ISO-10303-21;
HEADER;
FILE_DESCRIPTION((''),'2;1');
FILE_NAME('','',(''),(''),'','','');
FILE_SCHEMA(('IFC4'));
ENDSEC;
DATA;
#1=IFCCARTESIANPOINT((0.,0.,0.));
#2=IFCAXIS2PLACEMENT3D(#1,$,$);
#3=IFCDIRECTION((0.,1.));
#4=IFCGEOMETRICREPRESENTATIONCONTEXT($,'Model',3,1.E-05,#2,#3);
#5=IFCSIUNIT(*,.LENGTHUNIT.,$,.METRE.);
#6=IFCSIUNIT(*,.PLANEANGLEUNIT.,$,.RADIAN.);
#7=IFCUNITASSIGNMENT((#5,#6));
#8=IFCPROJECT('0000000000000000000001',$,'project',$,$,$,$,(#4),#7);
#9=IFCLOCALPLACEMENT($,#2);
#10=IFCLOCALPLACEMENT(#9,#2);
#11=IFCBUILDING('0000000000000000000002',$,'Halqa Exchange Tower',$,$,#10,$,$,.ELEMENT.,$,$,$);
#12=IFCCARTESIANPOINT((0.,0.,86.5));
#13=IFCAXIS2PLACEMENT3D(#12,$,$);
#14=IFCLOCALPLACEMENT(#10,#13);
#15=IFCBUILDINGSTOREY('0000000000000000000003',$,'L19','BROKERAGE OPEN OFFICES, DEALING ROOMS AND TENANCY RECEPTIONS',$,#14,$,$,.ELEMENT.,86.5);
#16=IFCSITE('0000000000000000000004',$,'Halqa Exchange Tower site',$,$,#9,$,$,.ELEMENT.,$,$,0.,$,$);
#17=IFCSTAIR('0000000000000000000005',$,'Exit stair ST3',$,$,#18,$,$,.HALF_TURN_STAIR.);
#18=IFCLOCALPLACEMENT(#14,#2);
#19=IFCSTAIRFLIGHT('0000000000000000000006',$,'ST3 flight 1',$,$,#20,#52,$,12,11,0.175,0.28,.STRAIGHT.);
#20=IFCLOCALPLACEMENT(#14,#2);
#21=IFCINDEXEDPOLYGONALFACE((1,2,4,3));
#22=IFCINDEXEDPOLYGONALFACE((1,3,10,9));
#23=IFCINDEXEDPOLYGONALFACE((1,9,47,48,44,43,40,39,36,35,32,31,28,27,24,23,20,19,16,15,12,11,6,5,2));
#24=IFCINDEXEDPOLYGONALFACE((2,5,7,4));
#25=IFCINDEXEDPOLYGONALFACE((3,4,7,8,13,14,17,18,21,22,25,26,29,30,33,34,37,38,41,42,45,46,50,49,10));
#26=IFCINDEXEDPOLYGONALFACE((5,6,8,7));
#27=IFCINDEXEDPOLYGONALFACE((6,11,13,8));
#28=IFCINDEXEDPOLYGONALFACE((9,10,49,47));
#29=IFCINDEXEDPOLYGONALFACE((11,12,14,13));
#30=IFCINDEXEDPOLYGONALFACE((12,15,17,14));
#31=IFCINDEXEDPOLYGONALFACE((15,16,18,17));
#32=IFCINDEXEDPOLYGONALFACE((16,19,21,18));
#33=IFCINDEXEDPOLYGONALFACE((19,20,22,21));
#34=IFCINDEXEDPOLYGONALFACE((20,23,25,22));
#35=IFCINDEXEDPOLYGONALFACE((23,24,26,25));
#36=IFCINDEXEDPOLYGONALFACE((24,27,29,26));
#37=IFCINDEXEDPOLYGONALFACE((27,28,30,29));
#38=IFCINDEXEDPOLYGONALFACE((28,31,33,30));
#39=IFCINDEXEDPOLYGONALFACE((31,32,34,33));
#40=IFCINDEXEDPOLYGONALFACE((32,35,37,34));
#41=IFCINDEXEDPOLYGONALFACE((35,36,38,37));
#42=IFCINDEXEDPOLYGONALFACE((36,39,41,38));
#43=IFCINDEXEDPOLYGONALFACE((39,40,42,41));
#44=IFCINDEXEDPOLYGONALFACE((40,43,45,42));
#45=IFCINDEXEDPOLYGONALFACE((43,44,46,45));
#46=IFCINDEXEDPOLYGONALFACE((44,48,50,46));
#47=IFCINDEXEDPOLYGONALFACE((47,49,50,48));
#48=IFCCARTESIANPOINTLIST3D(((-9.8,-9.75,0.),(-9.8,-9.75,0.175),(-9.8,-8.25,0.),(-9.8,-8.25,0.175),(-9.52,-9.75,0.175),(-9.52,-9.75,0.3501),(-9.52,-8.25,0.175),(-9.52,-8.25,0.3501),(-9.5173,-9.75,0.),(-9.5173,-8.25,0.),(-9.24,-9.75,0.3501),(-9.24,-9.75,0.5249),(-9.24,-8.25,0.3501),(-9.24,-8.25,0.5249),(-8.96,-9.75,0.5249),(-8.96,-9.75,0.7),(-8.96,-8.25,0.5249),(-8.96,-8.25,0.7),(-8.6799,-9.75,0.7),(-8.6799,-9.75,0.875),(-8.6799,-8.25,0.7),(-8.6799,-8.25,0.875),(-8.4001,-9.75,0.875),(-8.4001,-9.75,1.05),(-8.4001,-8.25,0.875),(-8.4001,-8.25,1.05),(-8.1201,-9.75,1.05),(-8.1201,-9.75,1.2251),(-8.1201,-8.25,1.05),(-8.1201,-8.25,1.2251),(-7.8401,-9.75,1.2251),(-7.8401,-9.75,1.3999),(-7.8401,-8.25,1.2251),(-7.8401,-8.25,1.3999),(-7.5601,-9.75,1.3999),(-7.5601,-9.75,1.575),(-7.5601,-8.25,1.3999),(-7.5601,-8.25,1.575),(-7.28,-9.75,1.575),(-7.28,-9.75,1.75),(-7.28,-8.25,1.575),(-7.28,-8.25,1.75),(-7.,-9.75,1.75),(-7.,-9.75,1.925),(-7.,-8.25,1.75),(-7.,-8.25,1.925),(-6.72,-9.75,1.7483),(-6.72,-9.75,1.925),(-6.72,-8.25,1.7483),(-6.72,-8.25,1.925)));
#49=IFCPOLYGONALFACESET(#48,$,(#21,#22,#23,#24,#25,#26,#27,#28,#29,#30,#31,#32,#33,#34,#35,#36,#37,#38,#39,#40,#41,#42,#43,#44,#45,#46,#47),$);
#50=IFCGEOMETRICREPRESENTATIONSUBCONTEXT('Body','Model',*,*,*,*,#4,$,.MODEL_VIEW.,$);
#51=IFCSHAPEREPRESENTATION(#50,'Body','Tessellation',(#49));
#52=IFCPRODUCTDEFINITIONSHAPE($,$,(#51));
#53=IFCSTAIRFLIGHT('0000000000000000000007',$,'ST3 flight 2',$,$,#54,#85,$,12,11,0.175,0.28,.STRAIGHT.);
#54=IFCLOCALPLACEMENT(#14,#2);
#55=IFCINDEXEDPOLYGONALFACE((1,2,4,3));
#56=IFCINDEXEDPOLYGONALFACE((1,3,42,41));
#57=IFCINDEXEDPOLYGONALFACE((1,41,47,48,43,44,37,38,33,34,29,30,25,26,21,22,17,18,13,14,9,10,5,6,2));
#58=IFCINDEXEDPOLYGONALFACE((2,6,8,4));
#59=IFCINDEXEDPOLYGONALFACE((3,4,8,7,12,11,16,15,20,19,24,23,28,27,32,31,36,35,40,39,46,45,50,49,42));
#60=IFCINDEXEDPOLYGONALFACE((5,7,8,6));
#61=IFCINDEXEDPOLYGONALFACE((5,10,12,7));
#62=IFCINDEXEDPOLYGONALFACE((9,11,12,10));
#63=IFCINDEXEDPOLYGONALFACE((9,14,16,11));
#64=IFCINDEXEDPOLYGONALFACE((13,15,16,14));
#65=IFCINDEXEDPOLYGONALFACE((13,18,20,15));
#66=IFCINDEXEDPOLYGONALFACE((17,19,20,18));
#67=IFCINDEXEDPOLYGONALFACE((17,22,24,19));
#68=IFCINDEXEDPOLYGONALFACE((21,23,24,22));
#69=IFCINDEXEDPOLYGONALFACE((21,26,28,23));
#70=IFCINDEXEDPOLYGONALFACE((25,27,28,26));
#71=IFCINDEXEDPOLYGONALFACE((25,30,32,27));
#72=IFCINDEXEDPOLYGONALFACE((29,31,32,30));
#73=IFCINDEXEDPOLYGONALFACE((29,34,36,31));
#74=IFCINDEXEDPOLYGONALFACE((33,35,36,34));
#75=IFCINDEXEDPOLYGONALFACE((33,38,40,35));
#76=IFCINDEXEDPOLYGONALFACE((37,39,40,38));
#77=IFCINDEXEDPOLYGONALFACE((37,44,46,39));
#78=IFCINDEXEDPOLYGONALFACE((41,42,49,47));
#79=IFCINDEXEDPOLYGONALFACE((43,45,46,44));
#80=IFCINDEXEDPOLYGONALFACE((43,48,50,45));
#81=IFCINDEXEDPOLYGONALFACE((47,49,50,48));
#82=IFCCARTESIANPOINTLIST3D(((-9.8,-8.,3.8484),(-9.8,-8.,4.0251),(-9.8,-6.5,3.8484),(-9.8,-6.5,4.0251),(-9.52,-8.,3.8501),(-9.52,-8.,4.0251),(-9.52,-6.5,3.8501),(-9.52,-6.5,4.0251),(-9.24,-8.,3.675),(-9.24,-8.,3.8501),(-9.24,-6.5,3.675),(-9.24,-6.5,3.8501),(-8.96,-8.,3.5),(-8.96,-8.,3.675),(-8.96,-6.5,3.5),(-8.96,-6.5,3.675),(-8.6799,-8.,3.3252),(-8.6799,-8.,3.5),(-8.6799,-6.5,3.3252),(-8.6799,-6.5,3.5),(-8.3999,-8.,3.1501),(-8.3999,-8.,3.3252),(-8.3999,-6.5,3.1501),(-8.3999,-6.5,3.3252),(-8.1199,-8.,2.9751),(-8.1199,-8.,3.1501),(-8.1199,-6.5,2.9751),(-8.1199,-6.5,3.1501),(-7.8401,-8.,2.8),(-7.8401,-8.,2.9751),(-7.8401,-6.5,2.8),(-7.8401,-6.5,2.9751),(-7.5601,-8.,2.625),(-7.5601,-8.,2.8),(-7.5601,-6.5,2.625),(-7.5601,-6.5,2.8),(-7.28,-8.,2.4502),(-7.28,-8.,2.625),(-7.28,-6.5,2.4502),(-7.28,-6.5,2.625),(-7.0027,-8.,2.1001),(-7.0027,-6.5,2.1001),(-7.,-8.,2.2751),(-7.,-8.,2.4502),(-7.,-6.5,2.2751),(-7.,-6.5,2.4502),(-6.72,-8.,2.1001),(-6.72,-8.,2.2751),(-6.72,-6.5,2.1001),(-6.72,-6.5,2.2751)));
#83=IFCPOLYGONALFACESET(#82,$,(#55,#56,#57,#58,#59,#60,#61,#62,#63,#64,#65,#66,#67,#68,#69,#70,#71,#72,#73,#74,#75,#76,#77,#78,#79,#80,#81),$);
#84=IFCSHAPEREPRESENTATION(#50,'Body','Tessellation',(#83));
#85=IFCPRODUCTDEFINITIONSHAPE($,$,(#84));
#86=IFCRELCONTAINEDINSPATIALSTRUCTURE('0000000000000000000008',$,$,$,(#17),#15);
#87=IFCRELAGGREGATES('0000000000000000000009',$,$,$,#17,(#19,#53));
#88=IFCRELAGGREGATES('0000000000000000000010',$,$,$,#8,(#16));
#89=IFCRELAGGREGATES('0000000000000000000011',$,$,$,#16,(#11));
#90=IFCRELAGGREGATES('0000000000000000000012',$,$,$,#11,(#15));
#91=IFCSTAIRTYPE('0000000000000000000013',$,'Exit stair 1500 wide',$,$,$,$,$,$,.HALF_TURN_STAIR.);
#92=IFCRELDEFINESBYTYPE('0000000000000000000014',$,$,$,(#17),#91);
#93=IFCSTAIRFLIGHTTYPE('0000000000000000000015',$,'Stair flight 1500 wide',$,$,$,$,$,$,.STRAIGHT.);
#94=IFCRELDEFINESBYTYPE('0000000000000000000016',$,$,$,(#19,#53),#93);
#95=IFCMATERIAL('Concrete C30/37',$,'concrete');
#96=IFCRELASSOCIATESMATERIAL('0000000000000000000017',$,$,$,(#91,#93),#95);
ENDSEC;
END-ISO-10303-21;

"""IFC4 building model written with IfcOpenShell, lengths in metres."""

from ifc_helpers import new_model, si_unit, direction, frame, origin, place, context, subcontext, project, spatial, polyline, outline, extrude, material, type_object, element, aggregate, save


model = new_model("IFC4")

# Units and contexts
model_context = context("Model", 3, precision=1e-05, world=origin(), true_north=direction((0.0, 1.0)))
body_context = subcontext(model_context, "Body", "Model", "MODEL_VIEW")
ifc_project = project(units=[si_unit("LENGTHUNIT", "METRE"), si_unit("PLANEANGLEUNIT", "RADIAN")], contexts=[model_context])

# Site, building, storey
site_placement = place(None, origin())
site = spatial("IfcSite", under=ifc_project, at=site_placement, Name="Halqa Exchange Tower site", CompositionType="ELEMENT", RefElevation=0.0)
building_placement = place(site_placement, origin())
building = spatial("IfcBuilding", under=site, at=building_placement, Name="Halqa Exchange Tower", CompositionType="ELEMENT")
storey_placement = place(building_placement, frame((0.0, 0.0, 86.5)))
storey = spatial("IfcBuildingStorey", under=building, at=storey_placement, Name="L19", Description="BROKERAGE OPEN OFFICES, DEALING ROOMS AND TENANCY RECEPTIONS", CompositionType="ELEMENT", Elevation=86.5)

# Shared definitions
ifc_material_1 = material(Name="Concrete C30/37", Category="concrete")

# Stair, stair flights
stair_type = type_object("IfcStairType", Name="Exit stair 1500 wide", PredefinedType="HALF_TURN_STAIR", material=ifc_material_1)
stair_placement = place(storey_placement, origin())
stair = element("IfcStair", 1, at=stair_placement, inside=storey, type_object=stair_type, Name="Exit stair ST3", PredefinedType="HALF_TURN_STAIR")
stair_flight_type = type_object("IfcStairFlightType", Name="Stair flight 1500 wide", PredefinedType="STRAIGHT", material=ifc_material_1)
stair_flight_1_placement = place(storey_placement, frame((-9.8, -9.0, 0.0), z_axis=(0.0, 0.0, 1.0), x_axis=(1.0, 0.0, 0.0)))
stair_flight_1 = element("IfcStairFlight", 2, at=stair_flight_1_placement, type_object=stair_flight_type, Name="ST3 flight 1", NumberOfRisers=12, NumberOfTreads=11, PredefinedType="STRAIGHT", RiserHeight=0.175, TreadLength=0.28, context=body_context, shape_type="SweptSolid", body=[
    extrude(outline(polyline([(0.0, 0.0), (0.0, 0.175), (0.28, 0.175), (0.28, 0.3501), (0.5601, 0.3501), (0.5601, 0.5249), (0.8401, 0.5249), (0.8401, 0.7), (1.1201, 0.7), (1.1201, 0.875), (1.3999, 0.875), (1.3999, 1.05), (1.6799, 1.05), (1.6799, 1.2251), (1.96, 1.2251), (1.96, 1.3999), (2.24, 1.3999), (2.24, 1.575), (2.52, 1.575), (2.52, 1.75), (2.8, 1.75), (2.8, 1.925), (3.0801, 1.925), (3.0801, 2.1001), (3.0801, 1.7483), (0.2827, 0.0), (0.0, 0.0)])), frame((0.0, 0.75, 0.0), z_axis=(0.0, -1.0, 0.0), x_axis=(1.0, 0.0, 0.0)), (0.0, 0.0, 1.0), 1.5),
])
stair_flight_2_placement = place(storey_placement, frame((-6.72, -7.25, 2.1001), z_axis=(0.0, 0.0, 1.0), x_axis=(-1.0, 0.0, 0.0)))
stair_flight_2 = element("IfcStairFlight", 3, at=stair_flight_2_placement, type_object=stair_flight_type, Name="ST3 flight 2", NumberOfRisers=12, NumberOfTreads=11, PredefinedType="STRAIGHT", RiserHeight=0.175, TreadLength=0.28, context=body_context, shape_type="SweptSolid", body=[
    extrude(outline(polyline([(0.0, 0.0), (0.0, 0.175), (0.28, 0.175), (0.28, 0.3501), (0.5601, 0.3501), (0.5601, 0.5249), (0.8401, 0.5249), (0.8401, 0.7), (1.1201, 0.7), (1.1201, 0.875), (1.3999, 0.875), (1.3999, 1.05), (1.6799, 1.05), (1.6799, 1.2251), (1.96, 1.2251), (1.96, 1.3999), (2.24, 1.3999), (2.24, 1.575), (2.52, 1.575), (2.52, 1.75), (2.8, 1.75), (2.8, 1.925), (3.0801, 1.925), (3.0801, 2.1001), (3.0801, 1.7483), (0.2827, 0.0), (0.0, 0.0)])), frame((0.0, 0.75, 0.0), z_axis=(0.0, -1.0, 0.0), x_axis=(1.0, 0.0, 0.0)), (0.0, 0.0, 1.0), 1.5),
])
aggregate(stair, [stair_flight_1, stair_flight_2])

save(model, "model.ifc")
